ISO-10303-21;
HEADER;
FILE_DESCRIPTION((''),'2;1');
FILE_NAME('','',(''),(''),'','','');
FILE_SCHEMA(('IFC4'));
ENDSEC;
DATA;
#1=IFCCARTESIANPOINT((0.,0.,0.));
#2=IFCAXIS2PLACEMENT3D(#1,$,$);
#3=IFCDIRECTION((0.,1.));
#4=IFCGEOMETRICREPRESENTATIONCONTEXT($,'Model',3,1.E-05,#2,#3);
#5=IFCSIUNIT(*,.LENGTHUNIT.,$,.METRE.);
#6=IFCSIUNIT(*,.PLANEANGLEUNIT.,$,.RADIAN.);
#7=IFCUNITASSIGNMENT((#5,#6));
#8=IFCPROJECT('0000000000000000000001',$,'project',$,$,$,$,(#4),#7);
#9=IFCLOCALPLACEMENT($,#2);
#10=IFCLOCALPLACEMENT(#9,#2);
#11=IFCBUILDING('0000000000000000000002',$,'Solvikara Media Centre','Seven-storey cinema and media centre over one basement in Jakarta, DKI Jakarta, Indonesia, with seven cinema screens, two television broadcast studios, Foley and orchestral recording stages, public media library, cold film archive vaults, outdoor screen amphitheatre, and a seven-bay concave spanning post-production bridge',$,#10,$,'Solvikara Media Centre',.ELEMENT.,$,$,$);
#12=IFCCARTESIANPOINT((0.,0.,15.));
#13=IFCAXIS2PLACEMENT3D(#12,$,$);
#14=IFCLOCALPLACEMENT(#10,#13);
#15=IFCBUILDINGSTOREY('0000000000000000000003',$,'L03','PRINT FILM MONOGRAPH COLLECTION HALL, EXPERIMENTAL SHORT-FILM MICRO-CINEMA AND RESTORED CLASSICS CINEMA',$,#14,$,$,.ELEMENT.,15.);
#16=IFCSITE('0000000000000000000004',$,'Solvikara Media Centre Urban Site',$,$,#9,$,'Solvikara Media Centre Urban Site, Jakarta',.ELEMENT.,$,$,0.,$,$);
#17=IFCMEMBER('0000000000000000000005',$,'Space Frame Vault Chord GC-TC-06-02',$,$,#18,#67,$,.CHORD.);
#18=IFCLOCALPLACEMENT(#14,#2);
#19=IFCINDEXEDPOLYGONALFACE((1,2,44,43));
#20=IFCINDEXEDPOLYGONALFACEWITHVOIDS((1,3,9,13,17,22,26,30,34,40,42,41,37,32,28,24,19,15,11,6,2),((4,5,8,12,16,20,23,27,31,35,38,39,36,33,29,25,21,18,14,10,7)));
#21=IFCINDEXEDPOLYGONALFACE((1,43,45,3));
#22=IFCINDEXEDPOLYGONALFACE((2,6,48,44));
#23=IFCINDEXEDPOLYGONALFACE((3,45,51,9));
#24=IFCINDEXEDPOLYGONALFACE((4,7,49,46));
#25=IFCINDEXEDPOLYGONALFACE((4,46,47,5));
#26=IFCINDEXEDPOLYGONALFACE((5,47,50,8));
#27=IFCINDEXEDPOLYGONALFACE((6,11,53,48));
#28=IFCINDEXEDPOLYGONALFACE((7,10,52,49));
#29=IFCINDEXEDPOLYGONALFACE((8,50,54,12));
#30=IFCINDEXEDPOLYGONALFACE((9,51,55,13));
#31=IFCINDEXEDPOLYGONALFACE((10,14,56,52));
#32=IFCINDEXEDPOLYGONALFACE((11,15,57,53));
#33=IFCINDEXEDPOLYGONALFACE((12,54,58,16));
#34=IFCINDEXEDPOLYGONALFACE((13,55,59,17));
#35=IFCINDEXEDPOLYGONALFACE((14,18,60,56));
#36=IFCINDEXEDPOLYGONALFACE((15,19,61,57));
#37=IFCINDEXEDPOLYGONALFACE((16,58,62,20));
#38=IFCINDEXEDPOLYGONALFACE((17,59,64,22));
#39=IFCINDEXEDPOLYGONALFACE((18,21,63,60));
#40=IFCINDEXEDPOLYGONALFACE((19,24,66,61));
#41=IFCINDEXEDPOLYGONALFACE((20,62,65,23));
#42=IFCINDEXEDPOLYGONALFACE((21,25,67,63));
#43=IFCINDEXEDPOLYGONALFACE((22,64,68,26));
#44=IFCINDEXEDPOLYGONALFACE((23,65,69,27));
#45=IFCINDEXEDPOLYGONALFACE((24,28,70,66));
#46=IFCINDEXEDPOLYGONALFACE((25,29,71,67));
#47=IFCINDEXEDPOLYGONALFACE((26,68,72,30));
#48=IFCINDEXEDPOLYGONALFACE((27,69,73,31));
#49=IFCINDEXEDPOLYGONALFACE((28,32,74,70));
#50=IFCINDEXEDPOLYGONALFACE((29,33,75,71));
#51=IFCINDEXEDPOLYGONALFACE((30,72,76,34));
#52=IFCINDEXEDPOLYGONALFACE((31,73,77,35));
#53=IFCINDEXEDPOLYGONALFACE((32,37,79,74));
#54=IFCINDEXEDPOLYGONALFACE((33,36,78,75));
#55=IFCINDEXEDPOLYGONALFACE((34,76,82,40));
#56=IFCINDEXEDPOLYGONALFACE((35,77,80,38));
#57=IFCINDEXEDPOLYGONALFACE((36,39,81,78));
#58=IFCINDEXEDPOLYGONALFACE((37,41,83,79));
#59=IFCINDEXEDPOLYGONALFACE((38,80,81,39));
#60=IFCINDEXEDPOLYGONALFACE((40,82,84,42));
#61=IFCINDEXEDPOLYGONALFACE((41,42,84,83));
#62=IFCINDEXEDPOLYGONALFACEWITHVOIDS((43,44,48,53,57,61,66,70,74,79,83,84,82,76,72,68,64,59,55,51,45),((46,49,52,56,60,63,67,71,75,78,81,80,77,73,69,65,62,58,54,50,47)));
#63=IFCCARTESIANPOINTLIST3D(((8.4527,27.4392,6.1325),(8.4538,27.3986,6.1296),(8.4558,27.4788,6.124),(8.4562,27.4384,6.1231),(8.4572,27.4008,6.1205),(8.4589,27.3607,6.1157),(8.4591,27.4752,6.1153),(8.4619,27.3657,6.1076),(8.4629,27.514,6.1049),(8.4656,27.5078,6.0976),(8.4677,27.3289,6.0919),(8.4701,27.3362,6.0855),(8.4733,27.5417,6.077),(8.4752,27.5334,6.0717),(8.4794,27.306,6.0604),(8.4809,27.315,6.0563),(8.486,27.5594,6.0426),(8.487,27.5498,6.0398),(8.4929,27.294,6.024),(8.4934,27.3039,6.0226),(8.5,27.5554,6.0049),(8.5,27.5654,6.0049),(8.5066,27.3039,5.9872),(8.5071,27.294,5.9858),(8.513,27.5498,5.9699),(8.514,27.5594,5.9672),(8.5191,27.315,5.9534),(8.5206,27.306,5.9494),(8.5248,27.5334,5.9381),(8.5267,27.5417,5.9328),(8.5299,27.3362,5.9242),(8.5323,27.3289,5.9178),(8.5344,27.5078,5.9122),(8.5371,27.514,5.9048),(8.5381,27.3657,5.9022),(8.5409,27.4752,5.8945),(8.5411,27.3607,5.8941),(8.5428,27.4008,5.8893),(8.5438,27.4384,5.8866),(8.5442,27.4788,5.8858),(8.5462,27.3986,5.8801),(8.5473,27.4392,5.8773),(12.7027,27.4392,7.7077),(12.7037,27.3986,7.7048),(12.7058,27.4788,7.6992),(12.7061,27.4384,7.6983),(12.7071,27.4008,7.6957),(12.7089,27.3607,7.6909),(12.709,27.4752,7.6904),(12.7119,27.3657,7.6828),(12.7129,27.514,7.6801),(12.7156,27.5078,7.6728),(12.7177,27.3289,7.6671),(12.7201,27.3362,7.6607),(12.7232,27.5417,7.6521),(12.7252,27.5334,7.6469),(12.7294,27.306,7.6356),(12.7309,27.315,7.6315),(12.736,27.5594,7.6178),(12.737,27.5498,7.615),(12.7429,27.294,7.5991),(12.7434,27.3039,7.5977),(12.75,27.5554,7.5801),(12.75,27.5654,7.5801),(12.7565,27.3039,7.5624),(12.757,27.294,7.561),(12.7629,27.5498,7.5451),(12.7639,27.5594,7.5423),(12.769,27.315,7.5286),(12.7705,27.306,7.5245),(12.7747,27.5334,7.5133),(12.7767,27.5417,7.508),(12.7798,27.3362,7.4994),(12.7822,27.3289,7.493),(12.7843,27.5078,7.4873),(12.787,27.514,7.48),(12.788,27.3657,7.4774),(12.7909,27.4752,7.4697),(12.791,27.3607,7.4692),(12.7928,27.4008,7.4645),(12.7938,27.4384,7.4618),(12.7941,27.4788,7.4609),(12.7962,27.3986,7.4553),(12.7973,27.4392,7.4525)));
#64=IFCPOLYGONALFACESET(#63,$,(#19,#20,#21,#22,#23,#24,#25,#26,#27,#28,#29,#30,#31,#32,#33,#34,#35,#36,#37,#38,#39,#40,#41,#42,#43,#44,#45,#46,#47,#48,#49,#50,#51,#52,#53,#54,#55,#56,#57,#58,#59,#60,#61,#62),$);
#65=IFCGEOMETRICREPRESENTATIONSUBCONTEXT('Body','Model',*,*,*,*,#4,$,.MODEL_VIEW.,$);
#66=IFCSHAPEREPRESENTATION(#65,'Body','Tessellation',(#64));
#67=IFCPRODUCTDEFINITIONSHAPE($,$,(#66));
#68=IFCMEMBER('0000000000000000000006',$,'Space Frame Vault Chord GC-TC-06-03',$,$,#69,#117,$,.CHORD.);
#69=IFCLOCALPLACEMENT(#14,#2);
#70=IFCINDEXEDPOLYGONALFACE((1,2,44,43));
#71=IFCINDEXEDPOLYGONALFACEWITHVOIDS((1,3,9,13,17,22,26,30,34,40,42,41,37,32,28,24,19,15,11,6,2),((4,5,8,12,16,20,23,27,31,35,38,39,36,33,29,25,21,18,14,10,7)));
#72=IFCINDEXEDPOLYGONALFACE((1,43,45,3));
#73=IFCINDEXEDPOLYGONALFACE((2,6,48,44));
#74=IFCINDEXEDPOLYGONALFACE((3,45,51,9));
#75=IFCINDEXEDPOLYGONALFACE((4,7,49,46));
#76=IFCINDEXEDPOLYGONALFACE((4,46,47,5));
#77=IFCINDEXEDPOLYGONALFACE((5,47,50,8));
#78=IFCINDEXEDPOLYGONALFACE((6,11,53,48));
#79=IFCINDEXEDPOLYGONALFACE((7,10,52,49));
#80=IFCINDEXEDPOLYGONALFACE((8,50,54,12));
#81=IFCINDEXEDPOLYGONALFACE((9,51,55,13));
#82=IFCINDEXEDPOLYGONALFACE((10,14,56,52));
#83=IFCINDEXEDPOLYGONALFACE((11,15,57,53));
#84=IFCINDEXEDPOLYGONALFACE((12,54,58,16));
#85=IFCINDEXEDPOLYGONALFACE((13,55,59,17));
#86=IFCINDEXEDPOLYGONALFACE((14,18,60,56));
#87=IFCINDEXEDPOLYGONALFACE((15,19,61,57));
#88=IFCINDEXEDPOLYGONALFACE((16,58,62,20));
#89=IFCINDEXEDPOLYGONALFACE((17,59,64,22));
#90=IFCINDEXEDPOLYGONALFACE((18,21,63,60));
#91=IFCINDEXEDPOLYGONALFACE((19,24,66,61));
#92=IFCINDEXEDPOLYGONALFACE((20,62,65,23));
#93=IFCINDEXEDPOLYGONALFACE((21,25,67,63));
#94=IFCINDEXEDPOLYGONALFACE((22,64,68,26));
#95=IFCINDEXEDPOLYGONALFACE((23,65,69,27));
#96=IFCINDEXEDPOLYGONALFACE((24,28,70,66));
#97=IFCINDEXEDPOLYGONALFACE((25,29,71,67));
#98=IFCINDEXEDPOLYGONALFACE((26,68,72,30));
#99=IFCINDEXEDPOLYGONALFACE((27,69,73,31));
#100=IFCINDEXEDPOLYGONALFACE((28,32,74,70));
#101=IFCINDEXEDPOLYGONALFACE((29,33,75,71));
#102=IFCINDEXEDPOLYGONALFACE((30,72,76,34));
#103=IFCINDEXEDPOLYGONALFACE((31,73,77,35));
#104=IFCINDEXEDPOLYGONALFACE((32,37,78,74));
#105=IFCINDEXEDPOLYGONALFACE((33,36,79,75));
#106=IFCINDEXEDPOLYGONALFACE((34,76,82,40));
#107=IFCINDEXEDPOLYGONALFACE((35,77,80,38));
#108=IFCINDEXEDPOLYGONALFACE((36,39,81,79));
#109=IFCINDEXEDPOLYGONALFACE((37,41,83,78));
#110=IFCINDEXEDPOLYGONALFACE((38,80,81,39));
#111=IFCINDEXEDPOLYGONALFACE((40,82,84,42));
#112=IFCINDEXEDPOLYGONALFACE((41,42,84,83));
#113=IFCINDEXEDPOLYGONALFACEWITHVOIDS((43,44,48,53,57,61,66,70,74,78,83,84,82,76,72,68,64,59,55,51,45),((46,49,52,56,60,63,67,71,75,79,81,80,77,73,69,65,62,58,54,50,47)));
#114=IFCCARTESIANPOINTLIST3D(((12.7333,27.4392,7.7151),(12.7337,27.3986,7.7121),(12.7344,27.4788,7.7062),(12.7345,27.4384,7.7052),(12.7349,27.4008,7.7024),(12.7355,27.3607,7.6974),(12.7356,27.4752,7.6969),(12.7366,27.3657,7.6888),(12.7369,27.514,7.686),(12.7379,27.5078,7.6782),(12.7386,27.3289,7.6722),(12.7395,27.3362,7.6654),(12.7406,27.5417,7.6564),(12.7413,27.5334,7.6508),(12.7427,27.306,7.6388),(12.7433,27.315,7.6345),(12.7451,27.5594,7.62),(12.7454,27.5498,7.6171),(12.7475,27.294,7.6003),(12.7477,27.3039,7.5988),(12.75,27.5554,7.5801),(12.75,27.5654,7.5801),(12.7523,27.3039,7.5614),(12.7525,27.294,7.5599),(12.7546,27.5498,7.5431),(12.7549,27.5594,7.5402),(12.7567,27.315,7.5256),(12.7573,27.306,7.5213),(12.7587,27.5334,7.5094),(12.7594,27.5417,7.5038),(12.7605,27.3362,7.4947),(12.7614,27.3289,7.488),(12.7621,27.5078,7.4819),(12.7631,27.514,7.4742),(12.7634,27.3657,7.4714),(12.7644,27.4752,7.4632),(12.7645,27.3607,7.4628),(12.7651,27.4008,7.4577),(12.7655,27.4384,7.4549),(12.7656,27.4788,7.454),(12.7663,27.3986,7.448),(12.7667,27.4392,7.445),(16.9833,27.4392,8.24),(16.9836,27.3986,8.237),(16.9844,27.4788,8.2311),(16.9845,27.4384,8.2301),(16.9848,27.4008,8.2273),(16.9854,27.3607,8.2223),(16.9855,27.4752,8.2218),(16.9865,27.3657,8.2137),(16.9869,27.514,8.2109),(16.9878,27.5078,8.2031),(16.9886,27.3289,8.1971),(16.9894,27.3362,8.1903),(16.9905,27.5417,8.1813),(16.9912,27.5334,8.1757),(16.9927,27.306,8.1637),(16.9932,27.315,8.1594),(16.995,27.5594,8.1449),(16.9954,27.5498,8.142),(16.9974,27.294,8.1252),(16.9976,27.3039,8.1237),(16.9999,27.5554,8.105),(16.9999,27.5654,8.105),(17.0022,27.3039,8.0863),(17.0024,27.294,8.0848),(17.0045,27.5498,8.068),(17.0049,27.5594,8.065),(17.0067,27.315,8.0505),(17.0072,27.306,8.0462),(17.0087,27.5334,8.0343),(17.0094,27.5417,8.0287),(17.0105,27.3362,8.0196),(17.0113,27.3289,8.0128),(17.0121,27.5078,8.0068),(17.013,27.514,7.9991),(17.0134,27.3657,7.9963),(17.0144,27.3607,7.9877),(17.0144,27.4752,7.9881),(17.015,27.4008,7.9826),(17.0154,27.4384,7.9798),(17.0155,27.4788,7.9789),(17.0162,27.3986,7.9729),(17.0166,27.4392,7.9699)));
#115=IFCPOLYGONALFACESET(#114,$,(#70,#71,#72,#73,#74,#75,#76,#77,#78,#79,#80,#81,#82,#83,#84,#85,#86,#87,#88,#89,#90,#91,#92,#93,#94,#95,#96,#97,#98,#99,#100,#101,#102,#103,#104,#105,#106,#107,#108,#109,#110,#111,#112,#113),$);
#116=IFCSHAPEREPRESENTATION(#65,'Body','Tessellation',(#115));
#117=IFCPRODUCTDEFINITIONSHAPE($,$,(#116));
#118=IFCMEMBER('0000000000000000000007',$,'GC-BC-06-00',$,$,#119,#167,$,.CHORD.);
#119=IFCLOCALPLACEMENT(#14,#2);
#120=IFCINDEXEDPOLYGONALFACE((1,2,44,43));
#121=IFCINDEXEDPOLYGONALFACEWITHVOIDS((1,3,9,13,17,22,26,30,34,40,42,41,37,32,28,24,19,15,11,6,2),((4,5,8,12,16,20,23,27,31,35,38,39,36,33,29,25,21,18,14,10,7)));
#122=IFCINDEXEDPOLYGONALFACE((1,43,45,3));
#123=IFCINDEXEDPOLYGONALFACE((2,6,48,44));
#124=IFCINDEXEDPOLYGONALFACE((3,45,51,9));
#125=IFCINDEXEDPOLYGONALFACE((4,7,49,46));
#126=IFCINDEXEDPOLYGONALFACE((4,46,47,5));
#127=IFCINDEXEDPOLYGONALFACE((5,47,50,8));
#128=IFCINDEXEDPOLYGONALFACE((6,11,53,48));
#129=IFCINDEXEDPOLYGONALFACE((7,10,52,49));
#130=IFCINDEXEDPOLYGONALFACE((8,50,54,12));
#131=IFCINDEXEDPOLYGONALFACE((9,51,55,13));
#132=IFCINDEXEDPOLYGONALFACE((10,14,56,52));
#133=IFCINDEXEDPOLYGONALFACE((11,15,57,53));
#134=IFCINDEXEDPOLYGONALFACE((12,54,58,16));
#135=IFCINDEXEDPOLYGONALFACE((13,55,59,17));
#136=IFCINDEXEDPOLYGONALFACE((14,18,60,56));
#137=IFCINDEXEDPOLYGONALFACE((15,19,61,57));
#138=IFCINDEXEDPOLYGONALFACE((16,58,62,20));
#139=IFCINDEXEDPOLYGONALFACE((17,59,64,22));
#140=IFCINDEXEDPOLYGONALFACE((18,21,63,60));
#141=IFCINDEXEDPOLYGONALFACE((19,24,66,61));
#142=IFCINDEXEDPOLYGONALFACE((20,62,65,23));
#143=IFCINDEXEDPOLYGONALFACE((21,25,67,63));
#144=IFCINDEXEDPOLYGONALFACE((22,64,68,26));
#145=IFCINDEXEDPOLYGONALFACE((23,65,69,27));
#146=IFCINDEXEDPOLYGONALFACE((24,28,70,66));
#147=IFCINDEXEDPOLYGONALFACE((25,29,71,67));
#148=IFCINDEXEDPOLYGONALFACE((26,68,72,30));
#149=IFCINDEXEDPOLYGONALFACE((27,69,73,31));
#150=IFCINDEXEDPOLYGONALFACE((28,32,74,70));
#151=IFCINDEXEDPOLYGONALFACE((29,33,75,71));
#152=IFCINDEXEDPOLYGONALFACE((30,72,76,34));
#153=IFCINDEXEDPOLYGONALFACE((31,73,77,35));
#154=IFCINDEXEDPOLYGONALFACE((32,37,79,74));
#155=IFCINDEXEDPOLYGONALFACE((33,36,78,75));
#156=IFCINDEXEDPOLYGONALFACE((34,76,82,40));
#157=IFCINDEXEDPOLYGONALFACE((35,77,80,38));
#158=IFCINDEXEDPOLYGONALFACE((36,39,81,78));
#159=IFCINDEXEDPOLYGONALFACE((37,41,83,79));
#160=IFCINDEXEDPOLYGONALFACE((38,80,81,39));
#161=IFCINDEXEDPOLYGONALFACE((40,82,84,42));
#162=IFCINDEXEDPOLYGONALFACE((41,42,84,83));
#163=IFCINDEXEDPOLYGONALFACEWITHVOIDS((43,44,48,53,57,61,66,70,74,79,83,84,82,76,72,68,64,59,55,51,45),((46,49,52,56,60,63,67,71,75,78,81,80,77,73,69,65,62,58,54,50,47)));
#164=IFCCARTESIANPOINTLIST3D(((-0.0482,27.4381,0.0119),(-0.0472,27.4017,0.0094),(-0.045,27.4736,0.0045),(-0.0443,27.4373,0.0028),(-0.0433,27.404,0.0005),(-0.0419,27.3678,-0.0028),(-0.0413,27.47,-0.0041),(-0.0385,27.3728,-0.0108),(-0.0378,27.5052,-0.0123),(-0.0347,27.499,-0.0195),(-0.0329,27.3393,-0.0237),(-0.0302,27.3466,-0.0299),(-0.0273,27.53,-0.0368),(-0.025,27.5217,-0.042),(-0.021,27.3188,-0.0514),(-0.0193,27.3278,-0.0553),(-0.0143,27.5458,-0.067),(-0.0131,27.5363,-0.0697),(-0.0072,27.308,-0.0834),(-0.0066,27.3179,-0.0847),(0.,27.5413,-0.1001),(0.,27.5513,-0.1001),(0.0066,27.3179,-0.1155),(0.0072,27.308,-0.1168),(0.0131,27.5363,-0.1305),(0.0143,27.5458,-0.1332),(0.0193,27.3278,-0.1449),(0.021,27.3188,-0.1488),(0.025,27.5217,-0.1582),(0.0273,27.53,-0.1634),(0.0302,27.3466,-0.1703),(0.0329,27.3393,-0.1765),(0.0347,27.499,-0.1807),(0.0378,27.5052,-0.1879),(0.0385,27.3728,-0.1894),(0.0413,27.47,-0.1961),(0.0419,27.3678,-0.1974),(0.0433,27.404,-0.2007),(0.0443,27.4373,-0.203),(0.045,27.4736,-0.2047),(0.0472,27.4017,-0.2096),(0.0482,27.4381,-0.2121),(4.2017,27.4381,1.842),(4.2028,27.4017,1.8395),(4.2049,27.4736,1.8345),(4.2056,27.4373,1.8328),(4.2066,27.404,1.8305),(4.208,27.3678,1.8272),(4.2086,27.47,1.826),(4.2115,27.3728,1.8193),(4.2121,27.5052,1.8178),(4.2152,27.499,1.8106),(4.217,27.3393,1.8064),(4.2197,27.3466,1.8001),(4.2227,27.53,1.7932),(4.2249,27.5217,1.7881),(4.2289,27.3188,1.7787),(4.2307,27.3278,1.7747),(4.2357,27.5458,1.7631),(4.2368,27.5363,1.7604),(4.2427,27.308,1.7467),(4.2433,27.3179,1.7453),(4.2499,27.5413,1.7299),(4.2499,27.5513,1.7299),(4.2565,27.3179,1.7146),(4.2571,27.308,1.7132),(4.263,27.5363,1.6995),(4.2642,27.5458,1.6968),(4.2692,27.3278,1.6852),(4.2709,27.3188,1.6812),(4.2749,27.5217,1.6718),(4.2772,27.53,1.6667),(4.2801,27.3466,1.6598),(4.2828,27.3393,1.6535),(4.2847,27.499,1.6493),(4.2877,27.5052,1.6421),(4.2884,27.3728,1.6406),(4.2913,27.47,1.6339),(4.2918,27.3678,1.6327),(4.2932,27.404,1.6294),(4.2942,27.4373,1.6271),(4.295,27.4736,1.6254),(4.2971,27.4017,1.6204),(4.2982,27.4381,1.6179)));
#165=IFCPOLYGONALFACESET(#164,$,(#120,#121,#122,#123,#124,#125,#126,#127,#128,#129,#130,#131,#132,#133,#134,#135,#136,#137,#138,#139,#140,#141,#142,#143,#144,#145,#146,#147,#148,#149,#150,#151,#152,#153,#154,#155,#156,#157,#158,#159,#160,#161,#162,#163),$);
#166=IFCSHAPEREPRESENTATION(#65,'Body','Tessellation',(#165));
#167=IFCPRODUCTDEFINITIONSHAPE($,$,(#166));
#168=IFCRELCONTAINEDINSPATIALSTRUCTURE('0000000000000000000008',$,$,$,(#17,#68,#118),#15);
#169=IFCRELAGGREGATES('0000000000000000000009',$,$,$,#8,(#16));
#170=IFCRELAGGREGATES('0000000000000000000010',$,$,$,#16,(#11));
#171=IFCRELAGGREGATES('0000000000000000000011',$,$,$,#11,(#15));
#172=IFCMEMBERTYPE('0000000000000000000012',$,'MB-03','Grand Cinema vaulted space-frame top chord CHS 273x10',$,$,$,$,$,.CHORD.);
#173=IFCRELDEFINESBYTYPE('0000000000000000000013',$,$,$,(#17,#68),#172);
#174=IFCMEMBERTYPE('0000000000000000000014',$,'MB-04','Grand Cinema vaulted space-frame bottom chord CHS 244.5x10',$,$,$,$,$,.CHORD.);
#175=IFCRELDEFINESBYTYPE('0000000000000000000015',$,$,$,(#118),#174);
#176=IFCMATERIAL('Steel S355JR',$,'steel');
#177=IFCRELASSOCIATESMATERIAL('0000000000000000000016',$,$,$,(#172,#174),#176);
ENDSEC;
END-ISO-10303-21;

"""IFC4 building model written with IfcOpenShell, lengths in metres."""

from ifc_helpers import new_model, si_unit, direction, frame, origin, origin_2d, place, context, subcontext, project, spatial, hollow_circle, extrude, material, material_profile, profile_set, type_object, element, save


model = new_model("IFC4")

# Units and contexts
model_context = context("Model", 3, precision=1e-05, world=origin(), true_north=direction((0.0, 1.0)))
body_context = subcontext(model_context, "Body", "Model", "MODEL_VIEW")
ifc_project = project(units=[si_unit("LENGTHUNIT", "METRE"), si_unit("PLANEANGLEUNIT", "RADIAN")], contexts=[model_context])

# Site, building, storey
site_placement = place(None, origin())
site = spatial("IfcSite", under=ifc_project, at=site_placement, Name="Solvikara Media Centre Urban Site", LongName="Solvikara Media Centre Urban Site, Jakarta", CompositionType="ELEMENT", RefElevation=0.0)
building_placement = place(site_placement, origin())
building = spatial("IfcBuilding", under=site, at=building_placement, Name="Solvikara Media Centre", Description="Seven-storey cinema and media centre over one basement in Jakarta, DKI Jakarta, Indonesia, with seven cinema screens, two television broadcast studios, Foley and orchestral recording stages, public media library, cold film archive vaults, outdoor screen amphitheatre, and a seven-bay concave spanning post-production bridge", LongName="Solvikara Media Centre", CompositionType="ELEMENT")
storey_placement = place(building_placement, frame((0.0, 0.0, 15.0)))
storey = spatial("IfcBuildingStorey", under=building, at=storey_placement, Name="L03", Description="PRINT FILM MONOGRAPH COLLECTION HALL, EXPERIMENTAL SHORT-FILM MICRO-CINEMA AND RESTORED CLASSICS CINEMA", CompositionType="ELEMENT", Elevation=15.0)

# Shared definitions
ifc_material_1 = material(Name="Steel S355JR", Category="steel")

# Members
ifc_material_profile_1 = material_profile(ifc_material_1, hollow_circle(Radius=0.1365, WallThickness=0.01, at=origin_2d()), Name="CHS 273x10")
ifc_profile_set_1 = profile_set([ifc_material_profile_1], Name="Steel S355JR")
member_type_1 = type_object("IfcMemberType", Name="MB-03", Description="Grand Cinema vaulted space-frame top chord CHS 273x10", PredefinedType="CHORD", material=ifc_profile_set_1)
member_1_placement = place(storey_placement, frame((8.5, 27.429, 6.0049), z_axis=(0.937668, 0.0, 0.347532), x_axis=(0.0, 1.0, 0.0)))
element("IfcMember", 1, at=member_1_placement, inside=storey, type_object=member_type_1, Name="Space Frame Vault Chord GC-TC-06-02", PredefinedType="CHORD", context=body_context, shape_type="SweptSolid", body=[
    extrude(hollow_circle(Radius=0.1365, WallThickness=0.01, at=origin_2d()), origin(), (0.0, 0.0, 1.0), 4.5325),
])
member_2_placement = place(storey_placement, frame((12.75, 27.429, 7.5801), z_axis=(0.992459, 0.0, 0.122575), x_axis=(0.0, 1.0, 0.0)))
element("IfcMember", 2, at=member_2_placement, inside=storey, type_object=member_type_1, Name="Space Frame Vault Chord GC-TC-06-03", PredefinedType="CHORD", context=body_context, shape_type="SweptSolid", body=[
    extrude(hollow_circle(Radius=0.1365, WallThickness=0.01, at=origin_2d()), origin(), (0.0, 0.0, 1.0), 4.2822),
])
ifc_material_profile_2 = material_profile(ifc_material_1, hollow_circle(Radius=0.1223, WallThickness=0.01, at=origin_2d()), Name="CHS 244.5x10")
ifc_profile_set_2 = profile_set([ifc_material_profile_2], Name="Steel S355JR")
member_type_2 = type_object("IfcMemberType", Name="MB-04", Description="Grand Cinema vaulted space-frame bottom chord CHS 244.5x10", PredefinedType="CHORD", material=ifc_profile_set_2)
member_3_placement = place(storey_placement, frame((0.0, 27.429, -0.1001), z_axis=(0.918467, 0.0, 0.395498), x_axis=(0.0, 1.0, 0.0)))
element("IfcMember", 3, at=member_3_placement, inside=storey, type_object=member_type_2, Name="GC-BC-06-00", PredefinedType="CHORD", context=body_context, shape_type="SweptSolid", body=[
    extrude(hollow_circle(Radius=0.1223, WallThickness=0.01, at=origin_2d()), origin(), (0.0, 0.0, 1.0), 4.6272),
])

save(model, "model.ifc")
